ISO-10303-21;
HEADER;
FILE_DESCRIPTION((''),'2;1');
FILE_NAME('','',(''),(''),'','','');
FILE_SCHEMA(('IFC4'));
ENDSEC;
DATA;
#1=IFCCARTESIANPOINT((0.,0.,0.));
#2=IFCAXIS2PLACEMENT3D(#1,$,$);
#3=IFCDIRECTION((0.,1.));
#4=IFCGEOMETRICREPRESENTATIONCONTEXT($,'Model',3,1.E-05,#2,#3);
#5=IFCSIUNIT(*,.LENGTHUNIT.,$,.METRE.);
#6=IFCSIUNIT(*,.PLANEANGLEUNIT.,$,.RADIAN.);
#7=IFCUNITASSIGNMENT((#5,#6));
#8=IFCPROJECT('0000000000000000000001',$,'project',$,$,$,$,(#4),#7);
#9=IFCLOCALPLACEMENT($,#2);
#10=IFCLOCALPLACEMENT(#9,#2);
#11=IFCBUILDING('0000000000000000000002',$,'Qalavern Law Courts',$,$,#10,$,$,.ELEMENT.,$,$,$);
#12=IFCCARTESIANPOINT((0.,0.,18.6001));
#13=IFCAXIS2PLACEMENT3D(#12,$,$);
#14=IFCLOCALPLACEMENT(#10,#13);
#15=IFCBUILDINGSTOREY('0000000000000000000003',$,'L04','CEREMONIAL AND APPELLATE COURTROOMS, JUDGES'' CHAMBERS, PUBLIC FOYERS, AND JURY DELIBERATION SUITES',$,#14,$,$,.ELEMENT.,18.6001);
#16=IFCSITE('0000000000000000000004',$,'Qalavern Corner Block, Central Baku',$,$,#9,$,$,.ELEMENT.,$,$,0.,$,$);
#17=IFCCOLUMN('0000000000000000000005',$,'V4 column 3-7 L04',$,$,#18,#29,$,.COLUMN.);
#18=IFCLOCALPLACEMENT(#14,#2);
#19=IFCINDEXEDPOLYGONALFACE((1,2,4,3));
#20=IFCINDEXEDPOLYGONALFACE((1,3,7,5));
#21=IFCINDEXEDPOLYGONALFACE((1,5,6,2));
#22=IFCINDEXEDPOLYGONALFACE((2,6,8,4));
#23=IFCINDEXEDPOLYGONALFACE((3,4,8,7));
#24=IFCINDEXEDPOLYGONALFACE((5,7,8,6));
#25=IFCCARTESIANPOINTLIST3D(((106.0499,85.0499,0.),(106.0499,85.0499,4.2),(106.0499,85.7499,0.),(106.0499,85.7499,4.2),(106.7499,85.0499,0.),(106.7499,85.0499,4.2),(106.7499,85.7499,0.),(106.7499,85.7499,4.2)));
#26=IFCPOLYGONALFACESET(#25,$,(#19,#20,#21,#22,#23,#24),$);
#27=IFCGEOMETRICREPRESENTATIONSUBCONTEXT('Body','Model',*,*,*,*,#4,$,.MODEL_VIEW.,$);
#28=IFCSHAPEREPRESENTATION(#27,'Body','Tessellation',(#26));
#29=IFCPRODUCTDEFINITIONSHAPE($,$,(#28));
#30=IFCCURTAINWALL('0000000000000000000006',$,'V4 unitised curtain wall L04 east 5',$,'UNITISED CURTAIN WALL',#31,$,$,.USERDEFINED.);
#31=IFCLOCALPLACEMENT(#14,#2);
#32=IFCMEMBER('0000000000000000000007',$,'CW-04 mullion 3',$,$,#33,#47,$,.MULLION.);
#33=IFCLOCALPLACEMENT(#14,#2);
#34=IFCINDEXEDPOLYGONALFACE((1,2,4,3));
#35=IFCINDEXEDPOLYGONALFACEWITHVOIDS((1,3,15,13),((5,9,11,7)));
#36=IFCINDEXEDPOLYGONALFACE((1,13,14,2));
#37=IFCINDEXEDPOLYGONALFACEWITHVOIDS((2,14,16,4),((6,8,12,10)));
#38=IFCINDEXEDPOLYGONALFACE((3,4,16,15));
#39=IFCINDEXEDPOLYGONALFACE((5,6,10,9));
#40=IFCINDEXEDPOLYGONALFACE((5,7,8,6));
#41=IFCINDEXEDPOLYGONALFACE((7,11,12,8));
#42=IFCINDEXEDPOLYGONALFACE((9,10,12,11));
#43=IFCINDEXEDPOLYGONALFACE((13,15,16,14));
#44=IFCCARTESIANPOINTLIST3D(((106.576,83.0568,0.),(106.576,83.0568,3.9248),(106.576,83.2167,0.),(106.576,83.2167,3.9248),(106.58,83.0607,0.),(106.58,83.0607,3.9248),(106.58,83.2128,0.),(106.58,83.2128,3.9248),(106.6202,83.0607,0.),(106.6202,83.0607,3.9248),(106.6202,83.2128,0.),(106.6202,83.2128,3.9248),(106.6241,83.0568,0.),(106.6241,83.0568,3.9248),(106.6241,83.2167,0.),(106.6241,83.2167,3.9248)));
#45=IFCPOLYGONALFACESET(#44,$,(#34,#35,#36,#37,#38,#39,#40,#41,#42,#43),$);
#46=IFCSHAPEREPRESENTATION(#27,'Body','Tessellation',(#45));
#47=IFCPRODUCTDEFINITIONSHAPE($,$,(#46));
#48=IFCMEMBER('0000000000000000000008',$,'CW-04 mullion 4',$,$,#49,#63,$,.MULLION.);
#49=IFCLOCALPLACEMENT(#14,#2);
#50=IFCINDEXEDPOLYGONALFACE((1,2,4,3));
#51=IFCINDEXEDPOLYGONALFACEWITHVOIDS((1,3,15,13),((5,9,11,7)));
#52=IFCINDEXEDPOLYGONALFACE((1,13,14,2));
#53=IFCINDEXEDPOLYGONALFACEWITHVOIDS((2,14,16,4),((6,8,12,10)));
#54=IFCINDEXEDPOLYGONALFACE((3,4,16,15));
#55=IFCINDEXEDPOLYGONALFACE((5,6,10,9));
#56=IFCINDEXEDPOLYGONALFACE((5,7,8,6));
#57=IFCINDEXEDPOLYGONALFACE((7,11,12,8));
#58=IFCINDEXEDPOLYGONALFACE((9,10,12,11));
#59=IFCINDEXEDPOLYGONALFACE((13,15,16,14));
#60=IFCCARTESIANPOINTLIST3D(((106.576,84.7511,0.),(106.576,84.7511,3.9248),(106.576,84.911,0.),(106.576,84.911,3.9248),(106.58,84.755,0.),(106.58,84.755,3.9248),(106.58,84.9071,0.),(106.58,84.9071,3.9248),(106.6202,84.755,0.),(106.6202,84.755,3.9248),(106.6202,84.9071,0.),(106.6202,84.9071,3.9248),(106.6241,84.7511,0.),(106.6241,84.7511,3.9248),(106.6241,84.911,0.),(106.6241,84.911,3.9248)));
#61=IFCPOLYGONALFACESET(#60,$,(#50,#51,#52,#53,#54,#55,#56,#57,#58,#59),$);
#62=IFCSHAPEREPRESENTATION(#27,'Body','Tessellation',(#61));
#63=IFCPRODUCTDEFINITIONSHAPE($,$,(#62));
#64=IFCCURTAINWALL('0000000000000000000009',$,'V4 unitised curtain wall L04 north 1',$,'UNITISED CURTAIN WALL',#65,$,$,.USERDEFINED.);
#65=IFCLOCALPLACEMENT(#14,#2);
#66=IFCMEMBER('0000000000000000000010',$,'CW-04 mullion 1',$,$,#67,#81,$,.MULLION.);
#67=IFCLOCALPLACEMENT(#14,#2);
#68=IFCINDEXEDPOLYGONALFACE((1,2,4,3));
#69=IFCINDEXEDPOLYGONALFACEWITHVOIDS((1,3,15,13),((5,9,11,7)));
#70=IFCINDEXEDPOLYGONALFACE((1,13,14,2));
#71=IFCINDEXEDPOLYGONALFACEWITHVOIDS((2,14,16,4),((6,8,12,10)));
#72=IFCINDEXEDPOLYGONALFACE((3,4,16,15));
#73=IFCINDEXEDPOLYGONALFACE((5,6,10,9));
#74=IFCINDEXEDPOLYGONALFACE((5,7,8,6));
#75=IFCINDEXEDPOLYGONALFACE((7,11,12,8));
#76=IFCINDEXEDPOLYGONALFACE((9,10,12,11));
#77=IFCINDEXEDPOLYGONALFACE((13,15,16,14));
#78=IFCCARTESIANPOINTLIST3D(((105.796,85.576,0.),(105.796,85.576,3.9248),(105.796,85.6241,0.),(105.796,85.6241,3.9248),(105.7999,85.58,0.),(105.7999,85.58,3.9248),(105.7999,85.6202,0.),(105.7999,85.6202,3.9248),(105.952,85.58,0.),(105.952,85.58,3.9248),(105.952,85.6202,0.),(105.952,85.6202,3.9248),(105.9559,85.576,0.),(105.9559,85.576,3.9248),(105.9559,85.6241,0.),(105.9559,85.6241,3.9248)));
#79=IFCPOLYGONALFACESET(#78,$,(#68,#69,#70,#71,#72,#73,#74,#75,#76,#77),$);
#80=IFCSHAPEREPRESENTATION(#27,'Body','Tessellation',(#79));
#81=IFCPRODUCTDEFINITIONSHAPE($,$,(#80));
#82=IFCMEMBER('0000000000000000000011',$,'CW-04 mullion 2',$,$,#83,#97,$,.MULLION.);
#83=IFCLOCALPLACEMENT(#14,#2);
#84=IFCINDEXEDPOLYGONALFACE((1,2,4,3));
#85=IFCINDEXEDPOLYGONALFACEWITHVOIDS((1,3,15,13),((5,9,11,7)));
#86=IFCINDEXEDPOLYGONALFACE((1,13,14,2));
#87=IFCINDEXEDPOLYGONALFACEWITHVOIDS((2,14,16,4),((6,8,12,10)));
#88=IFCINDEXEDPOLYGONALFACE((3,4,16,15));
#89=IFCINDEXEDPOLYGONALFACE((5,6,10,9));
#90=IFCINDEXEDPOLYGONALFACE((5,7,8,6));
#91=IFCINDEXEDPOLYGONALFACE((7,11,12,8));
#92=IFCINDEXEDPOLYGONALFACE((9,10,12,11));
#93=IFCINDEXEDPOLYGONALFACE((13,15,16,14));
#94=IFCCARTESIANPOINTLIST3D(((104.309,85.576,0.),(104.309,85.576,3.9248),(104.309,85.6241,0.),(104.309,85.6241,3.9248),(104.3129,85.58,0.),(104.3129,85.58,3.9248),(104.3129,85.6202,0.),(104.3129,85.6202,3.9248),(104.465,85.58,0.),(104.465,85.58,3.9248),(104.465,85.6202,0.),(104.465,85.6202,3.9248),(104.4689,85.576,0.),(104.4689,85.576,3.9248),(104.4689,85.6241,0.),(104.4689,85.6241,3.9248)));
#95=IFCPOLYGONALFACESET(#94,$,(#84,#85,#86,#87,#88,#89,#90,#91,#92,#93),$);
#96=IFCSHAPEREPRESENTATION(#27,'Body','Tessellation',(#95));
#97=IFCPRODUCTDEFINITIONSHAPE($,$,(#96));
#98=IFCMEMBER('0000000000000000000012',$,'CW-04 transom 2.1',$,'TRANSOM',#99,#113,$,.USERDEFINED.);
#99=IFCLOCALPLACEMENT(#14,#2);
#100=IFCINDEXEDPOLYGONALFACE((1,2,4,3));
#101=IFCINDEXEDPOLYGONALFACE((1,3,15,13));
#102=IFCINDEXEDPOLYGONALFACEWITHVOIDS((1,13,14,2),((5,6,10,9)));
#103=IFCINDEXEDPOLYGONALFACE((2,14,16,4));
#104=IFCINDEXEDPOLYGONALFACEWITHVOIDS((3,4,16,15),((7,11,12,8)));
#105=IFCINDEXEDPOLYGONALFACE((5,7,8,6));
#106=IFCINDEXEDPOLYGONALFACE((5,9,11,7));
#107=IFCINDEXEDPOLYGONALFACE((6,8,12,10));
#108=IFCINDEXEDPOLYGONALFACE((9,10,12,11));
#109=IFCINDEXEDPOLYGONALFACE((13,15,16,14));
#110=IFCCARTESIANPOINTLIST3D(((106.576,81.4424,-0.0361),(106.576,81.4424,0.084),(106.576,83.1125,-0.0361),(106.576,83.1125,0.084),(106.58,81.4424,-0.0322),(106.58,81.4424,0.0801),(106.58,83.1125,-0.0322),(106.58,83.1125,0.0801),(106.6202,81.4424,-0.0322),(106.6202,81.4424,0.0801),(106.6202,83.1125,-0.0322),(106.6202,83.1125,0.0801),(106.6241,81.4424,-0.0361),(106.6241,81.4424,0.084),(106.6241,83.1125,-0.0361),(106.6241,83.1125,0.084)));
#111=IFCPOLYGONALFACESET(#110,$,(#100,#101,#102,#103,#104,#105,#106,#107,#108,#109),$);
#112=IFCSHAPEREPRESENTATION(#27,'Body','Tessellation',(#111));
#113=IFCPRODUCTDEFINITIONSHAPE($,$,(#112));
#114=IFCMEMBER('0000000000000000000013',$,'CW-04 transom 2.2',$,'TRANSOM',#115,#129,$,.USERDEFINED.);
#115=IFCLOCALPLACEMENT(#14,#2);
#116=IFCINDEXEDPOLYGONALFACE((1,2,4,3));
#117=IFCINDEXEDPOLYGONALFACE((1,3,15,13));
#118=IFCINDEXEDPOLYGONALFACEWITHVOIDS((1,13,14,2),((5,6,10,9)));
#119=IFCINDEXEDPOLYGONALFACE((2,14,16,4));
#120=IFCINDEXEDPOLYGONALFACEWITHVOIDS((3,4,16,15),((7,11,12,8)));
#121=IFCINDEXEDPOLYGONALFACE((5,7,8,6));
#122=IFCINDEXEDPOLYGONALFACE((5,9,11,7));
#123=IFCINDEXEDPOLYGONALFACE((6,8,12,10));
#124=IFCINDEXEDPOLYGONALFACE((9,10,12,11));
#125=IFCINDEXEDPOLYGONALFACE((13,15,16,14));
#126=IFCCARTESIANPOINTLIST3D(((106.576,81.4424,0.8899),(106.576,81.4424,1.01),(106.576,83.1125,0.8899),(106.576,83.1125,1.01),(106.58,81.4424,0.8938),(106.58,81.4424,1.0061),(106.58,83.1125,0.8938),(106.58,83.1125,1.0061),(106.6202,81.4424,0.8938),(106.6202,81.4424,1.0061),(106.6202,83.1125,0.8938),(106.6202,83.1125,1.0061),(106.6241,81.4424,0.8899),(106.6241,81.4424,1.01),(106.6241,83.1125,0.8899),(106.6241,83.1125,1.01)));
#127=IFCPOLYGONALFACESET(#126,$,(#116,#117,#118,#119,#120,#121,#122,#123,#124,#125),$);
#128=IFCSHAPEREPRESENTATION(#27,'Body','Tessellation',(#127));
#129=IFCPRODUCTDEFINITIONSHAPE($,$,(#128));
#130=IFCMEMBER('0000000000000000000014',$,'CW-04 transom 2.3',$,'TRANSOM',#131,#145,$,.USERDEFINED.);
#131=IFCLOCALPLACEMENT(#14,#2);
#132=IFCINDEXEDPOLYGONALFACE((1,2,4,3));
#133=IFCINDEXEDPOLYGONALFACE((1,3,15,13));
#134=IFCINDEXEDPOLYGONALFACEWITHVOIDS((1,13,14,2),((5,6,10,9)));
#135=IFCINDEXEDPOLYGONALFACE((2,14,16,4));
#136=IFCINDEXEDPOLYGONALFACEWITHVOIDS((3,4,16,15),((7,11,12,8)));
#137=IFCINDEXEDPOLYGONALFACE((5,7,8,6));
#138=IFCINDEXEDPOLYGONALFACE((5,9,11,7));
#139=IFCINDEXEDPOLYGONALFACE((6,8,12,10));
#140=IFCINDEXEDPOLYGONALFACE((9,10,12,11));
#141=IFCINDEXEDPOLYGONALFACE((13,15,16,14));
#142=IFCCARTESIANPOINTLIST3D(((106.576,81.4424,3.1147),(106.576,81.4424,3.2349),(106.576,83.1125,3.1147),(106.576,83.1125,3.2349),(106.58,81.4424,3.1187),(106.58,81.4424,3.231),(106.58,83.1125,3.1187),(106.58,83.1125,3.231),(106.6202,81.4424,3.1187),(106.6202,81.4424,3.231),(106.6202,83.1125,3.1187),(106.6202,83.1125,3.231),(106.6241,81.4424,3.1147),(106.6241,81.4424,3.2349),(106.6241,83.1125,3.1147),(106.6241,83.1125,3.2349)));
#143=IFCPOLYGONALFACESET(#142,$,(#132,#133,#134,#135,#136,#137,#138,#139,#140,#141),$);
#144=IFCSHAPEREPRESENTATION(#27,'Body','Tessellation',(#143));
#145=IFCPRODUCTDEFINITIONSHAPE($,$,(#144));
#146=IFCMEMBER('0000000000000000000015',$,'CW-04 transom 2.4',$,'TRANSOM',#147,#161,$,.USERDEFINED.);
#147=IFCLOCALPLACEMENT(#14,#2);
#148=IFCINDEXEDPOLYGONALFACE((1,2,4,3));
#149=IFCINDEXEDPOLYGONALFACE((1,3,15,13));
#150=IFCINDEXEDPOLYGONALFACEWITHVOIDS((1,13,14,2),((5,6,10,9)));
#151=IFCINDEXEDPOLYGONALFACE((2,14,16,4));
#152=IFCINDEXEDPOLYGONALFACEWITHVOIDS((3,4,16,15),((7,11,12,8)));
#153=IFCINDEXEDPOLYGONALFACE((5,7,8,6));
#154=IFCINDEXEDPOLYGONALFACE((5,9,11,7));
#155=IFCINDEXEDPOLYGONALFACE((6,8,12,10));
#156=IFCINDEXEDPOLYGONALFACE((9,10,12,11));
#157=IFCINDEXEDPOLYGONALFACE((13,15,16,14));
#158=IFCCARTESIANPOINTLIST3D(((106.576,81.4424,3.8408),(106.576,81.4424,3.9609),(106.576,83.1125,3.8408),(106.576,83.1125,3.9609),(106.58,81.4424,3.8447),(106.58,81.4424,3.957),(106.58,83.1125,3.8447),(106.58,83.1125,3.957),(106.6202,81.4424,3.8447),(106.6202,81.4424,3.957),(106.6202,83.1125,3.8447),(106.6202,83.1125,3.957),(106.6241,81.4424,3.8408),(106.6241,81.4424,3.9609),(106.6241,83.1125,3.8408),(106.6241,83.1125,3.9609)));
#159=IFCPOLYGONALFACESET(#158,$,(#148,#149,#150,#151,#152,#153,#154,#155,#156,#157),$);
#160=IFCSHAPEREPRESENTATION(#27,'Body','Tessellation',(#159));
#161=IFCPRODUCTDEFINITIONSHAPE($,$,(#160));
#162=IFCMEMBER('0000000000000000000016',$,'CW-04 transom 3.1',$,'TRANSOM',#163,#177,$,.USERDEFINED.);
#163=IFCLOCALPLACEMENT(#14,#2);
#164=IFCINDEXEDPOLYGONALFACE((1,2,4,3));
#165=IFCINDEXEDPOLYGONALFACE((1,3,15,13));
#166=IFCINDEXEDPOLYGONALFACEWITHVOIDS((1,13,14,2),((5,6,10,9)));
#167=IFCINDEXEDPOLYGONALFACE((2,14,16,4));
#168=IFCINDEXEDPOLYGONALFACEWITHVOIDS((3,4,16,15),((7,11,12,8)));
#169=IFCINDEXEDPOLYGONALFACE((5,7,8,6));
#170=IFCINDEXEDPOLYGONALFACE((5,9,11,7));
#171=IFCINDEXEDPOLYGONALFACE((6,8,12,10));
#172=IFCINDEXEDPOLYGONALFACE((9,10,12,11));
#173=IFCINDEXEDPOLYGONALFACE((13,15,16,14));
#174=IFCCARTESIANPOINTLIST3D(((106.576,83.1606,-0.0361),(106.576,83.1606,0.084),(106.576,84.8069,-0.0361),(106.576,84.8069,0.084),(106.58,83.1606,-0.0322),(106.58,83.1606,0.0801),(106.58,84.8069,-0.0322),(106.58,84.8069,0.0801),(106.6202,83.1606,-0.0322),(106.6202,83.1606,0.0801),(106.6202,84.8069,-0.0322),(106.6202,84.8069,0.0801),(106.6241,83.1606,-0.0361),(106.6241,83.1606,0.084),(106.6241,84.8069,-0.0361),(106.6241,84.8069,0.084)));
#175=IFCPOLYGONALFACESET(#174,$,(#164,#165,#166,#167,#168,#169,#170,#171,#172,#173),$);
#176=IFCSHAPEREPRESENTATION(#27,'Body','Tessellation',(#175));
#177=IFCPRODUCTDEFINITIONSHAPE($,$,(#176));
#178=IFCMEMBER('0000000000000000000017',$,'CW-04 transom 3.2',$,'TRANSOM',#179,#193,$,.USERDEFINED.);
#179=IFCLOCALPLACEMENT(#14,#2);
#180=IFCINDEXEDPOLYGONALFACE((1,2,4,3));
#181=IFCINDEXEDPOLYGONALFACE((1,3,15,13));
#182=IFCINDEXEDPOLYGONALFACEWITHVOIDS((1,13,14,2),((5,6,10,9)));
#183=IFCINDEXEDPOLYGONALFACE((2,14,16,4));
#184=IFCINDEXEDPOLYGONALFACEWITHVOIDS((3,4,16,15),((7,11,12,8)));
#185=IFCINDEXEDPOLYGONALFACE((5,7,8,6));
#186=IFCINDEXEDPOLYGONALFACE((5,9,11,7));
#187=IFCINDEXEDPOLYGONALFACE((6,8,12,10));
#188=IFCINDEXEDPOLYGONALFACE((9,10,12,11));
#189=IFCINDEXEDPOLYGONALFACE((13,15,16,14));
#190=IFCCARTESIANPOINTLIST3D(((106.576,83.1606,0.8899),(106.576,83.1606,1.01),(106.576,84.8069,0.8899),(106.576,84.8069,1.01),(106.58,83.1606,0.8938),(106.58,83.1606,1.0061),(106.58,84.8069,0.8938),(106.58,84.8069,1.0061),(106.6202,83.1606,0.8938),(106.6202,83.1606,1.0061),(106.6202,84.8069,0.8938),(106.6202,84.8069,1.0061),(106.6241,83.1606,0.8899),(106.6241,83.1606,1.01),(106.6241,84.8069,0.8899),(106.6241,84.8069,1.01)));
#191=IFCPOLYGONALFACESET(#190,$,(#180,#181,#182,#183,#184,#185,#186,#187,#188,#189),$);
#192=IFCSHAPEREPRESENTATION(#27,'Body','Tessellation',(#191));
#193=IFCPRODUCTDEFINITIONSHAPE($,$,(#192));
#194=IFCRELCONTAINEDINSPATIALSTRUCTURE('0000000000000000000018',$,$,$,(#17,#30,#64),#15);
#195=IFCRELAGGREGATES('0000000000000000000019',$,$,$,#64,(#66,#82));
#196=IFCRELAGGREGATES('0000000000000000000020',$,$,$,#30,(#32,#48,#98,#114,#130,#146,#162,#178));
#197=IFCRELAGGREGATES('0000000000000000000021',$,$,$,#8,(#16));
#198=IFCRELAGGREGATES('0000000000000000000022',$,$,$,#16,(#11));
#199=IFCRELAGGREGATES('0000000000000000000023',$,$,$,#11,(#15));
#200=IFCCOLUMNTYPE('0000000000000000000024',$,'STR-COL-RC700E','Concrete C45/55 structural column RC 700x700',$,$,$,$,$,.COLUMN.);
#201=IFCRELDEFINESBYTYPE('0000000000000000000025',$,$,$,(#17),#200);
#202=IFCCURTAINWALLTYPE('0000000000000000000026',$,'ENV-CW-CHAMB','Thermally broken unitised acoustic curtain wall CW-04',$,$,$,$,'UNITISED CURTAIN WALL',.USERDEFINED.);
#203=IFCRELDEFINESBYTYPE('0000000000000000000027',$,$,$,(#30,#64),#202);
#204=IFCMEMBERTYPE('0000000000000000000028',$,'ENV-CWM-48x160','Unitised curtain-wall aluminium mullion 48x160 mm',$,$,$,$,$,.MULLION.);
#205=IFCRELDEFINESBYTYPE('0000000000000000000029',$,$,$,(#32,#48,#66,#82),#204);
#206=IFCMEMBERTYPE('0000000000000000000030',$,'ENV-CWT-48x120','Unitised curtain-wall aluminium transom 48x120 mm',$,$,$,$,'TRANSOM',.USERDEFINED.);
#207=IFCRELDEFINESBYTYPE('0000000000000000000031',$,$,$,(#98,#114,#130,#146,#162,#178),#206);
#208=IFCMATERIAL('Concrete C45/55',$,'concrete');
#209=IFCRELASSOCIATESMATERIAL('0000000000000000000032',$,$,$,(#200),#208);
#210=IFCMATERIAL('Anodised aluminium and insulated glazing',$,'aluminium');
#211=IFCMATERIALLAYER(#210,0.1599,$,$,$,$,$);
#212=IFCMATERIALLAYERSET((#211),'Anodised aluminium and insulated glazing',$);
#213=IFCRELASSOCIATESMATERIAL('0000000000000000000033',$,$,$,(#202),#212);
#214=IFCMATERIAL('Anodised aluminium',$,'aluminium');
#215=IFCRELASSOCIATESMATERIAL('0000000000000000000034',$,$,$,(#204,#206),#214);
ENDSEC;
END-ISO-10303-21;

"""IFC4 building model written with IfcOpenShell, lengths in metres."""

from ifc_helpers import new_model, si_unit, direction, frame, origin, origin_2d, place, context, subcontext, project, spatial, rectangle, hollow_rectangle, extrude, material, layer, layer_set, material_profile, profile_set, type_object, element, aggregate, save


model = new_model("IFC4")

# Units and contexts
model_context = context("Model", 3, precision=1e-05, world=origin(), true_north=direction((0.0, 1.0)))
body_context = subcontext(model_context, "Body", "Model", "MODEL_VIEW")
ifc_project = project(units=[si_unit("LENGTHUNIT", "METRE"), si_unit("PLANEANGLEUNIT", "RADIAN")], contexts=[model_context])

# Site, building, storey
site_placement = place(None, origin())
site = spatial("IfcSite", under=ifc_project, at=site_placement, Name="Qalavern Corner Block, Central Baku", CompositionType="ELEMENT", RefElevation=0.0)
building_placement = place(site_placement, origin())
building = spatial("IfcBuilding", under=site, at=building_placement, Name="Qalavern Law Courts", CompositionType="ELEMENT")
storey_placement = place(building_placement, frame((0.0, 0.0, 18.6001)))
storey = spatial("IfcBuildingStorey", under=building, at=storey_placement, Name="L04", Description="CEREMONIAL AND APPELLATE COURTROOMS, JUDGES' CHAMBERS, PUBLIC FOYERS, AND JURY DELIBERATION SUITES", CompositionType="ELEMENT", Elevation=18.6001)

# Column
ifc_material_1 = material(Name="Concrete C45/55", Category="concrete")
ifc_material_profile_1 = material_profile(ifc_material_1, rectangle(XDim=0.7, YDim=0.7, at=origin_2d()), Name="RC 700x700")
ifc_profile_set_1 = profile_set([ifc_material_profile_1], Name="Concrete C45/55")
column_type = type_object("IfcColumnType", Name="STR-COL-RC700E", Description="Concrete C45/55 structural column RC 700x700", PredefinedType="COLUMN", material=ifc_profile_set_1)
column_placement = place(storey_placement, frame((106.3999, 85.3999, 0.0), z_axis=(0.0, 0.0, 1.0), x_axis=(1.0, 0.0, 0.0)))
element("IfcColumn", 1, at=column_placement, inside=storey, type_object=column_type, Name="V4 column 3-7 L04", PredefinedType="COLUMN", context=body_context, shape_type="SweptSolid", body=[
    extrude(rectangle(XDim=0.7, YDim=0.7, at=origin_2d()), origin(), (0.0, 0.0, 1.0), 4.2),
])

# Curtain walls, members
ifc_material_2 = material(Name="Anodised aluminium and insulated glazing", Category="aluminium")
ifc_layer_1 = layer(ifc_material_2, 0.1599)
ifc_layer_set_1 = layer_set([ifc_layer_1], Name="Anodised aluminium and insulated glazing")
curtain_wall_type = type_object("IfcCurtainWallType", Name="ENV-CW-CHAMB", Description="Thermally broken unitised acoustic curtain wall CW-04", ElementType="UNITISED CURTAIN WALL", PredefinedType="USERDEFINED", material=ifc_layer_set_1)
curtain_wall_1_placement = place(storey_placement, origin())
curtain_wall_1 = element("IfcCurtainWall", 2, at=curtain_wall_1_placement, inside=storey, type_object=curtain_wall_type, Name="V4 unitised curtain wall L04 east 5", ObjectType="UNITISED CURTAIN WALL", PredefinedType="USERDEFINED")
ifc_material_3 = material(Name="Anodised aluminium", Category="aluminium")
ifc_material_profile_2 = material_profile(ifc_material_3, hollow_rectangle(XDim=0.0481, YDim=0.1599, WallThickness=0.0039, at=origin_2d()), Name="ALU MULLION 48x160")
ifc_profile_set_2 = profile_set([ifc_material_profile_2], Name="Anodised aluminium")
member_type_1 = type_object("IfcMemberType", Name="ENV-CWM-48x160", Description="Unitised curtain-wall aluminium mullion 48x160 mm", PredefinedType="MULLION", material=ifc_profile_set_2)
member_1_placement = place(storey_placement, frame((106.6001, 83.1367, 0.0), z_axis=(0.0, 0.0, 1.0), x_axis=(-1.0, 0.0, 0.0)))
member_1 = element("IfcMember", 3, at=member_1_placement, type_object=member_type_1, Name="CW-04 mullion 3", PredefinedType="MULLION", context=body_context, shape_type="SweptSolid", body=[
    extrude(hollow_rectangle(XDim=0.0481, YDim=0.1599, WallThickness=0.0039, at=origin_2d()), origin(), (0.0, 0.0, 1.0), 3.9248),
])
member_2_placement = place(storey_placement, frame((106.6001, 84.8311, 0.0), z_axis=(0.0, 0.0, 1.0), x_axis=(-1.0, 0.0, 0.0)))
member_2 = element("IfcMember", 4, at=member_2_placement, type_object=member_type_1, Name="CW-04 mullion 4", PredefinedType="MULLION", context=body_context, shape_type="SweptSolid", body=[
    extrude(hollow_rectangle(XDim=0.0481, YDim=0.1599, WallThickness=0.0039, at=origin_2d()), origin(), (0.0, 0.0, 1.0), 3.9248),
])
curtain_wall_2_placement = place(storey_placement, origin())
curtain_wall_2 = element("IfcCurtainWall", 5, at=curtain_wall_2_placement, inside=storey, type_object=curtain_wall_type, Name="V4 unitised curtain wall L04 north 1", ObjectType="UNITISED CURTAIN WALL", PredefinedType="USERDEFINED")
member_3_placement = place(storey_placement, frame((105.876, 85.6001, 0.0), z_axis=(0.0, 0.0, 1.0), x_axis=(0.0, -1.0, 0.0)))
member_3 = element("IfcMember", 6, at=member_3_placement, type_object=member_type_1, Name="CW-04 mullion 1", PredefinedType="MULLION", context=body_context, shape_type="SweptSolid", body=[
    extrude(hollow_rectangle(XDim=0.0481, YDim=0.1599, WallThickness=0.0039, at=origin_2d()), origin(), (0.0, 0.0, 1.0), 3.9248),
])
member_4_placement = place(storey_placement, frame((104.3889, 85.6001, 0.0), z_axis=(0.0, 0.0, 1.0), x_axis=(0.0, -1.0, 0.0)))
member_4 = element("IfcMember", 7, at=member_4_placement, type_object=member_type_1, Name="CW-04 mullion 2", PredefinedType="MULLION", context=body_context, shape_type="SweptSolid", body=[
    extrude(hollow_rectangle(XDim=0.0481, YDim=0.1599, WallThickness=0.0039, at=origin_2d()), origin(), (0.0, 0.0, 1.0), 3.9248),
])

# Members
ifc_material_profile_3 = material_profile(ifc_material_3, hollow_rectangle(XDim=0.0481, YDim=0.1201, WallThickness=0.0039, at=origin_2d()), Name="ALU TRANSOM 48x120")
ifc_profile_set_3 = profile_set([ifc_material_profile_3], Name="Anodised aluminium")
member_type_2 = type_object("IfcMemberType", Name="ENV-CWT-48x120", Description="Unitised curtain-wall aluminium transom 48x120 mm", ElementType="TRANSOM", PredefinedType="USERDEFINED", material=ifc_profile_set_3)
member_5_placement = place(storey_placement, frame((106.6001, 81.4424, 0.0239), z_axis=(0.0, 1.0, 0.0), x_axis=(-1.0, 0.0, 0.0)))
member_5 = element("IfcMember", 8, at=member_5_placement, type_object=member_type_2, Name="CW-04 transom 2.1", ObjectType="TRANSOM", PredefinedType="USERDEFINED", context=body_context, shape_type="SweptSolid", body=[
    extrude(hollow_rectangle(XDim=0.0481, YDim=0.1201, WallThickness=0.0039, at=origin_2d()), origin(), (0.0, 0.0, 1.0), 1.6702),
])
member_6_placement = place(storey_placement, frame((106.6001, 81.4424, 0.95), z_axis=(0.0, 1.0, 0.0), x_axis=(-1.0, 0.0, 0.0)))
member_6 = element("IfcMember", 9, at=member_6_placement, type_object=member_type_2, Name="CW-04 transom 2.2", ObjectType="TRANSOM", PredefinedType="USERDEFINED", context=body_context, shape_type="SweptSolid", body=[
    extrude(hollow_rectangle(XDim=0.0481, YDim=0.1201, WallThickness=0.0039, at=origin_2d()), origin(), (0.0, 0.0, 1.0), 1.6702),
])
member_7_placement = place(storey_placement, frame((106.6001, 81.4424, 3.1748), z_axis=(0.0, 1.0, 0.0), x_axis=(-1.0, 0.0, 0.0)))
member_7 = element("IfcMember", 10, at=member_7_placement, type_object=member_type_2, Name="CW-04 transom 2.3", ObjectType="TRANSOM", PredefinedType="USERDEFINED", context=body_context, shape_type="SweptSolid", body=[
    extrude(hollow_rectangle(XDim=0.0481, YDim=0.1201, WallThickness=0.0039, at=origin_2d()), origin(), (0.0, 0.0, 1.0), 1.6702),
])
member_8_placement = place(storey_placement, frame((106.6001, 81.4424, 3.9009), z_axis=(0.0, 1.0, 0.0), x_axis=(-1.0, 0.0, 0.0)))
member_8 = element("IfcMember", 11, at=member_8_placement, type_object=member_type_2, Name="CW-04 transom 2.4", ObjectType="TRANSOM", PredefinedType="USERDEFINED", context=body_context, shape_type="SweptSolid", body=[
    extrude(hollow_rectangle(XDim=0.0481, YDim=0.1201, WallThickness=0.0039, at=origin_2d()), origin(), (0.0, 0.0, 1.0), 1.6702),
])
member_9_placement = place(storey_placement, frame((106.6001, 83.1606, 0.0239), z_axis=(0.0, 1.0, 0.0), x_axis=(-1.0, 0.0, 0.0)))
member_9 = element("IfcMember", 12, at=member_9_placement, type_object=member_type_2, Name="CW-04 transom 3.1", ObjectType="TRANSOM", PredefinedType="USERDEFINED", context=body_context, shape_type="SweptSolid", body=[
    extrude(hollow_rectangle(XDim=0.0481, YDim=0.1201, WallThickness=0.0039, at=origin_2d()), origin(), (0.0, 0.0, 1.0), 1.6462),
])
member_10_placement = place(storey_placement, frame((106.6001, 83.1606, 0.95), z_axis=(0.0, 1.0, 0.0), x_axis=(-1.0, 0.0, 0.0)))
member_10 = element("IfcMember", 13, at=member_10_placement, type_object=member_type_2, Name="CW-04 transom 3.2", ObjectType="TRANSOM", PredefinedType="USERDEFINED", context=body_context, shape_type="SweptSolid", body=[
    extrude(hollow_rectangle(XDim=0.0481, YDim=0.1201, WallThickness=0.0039, at=origin_2d()), origin(), (0.0, 0.0, 1.0), 1.6462),
])

aggregate(curtain_wall_2, [member_3, member_4])
aggregate(curtain_wall_1, [member_1, member_2, member_5, member_6, member_7, member_8, member_9, member_10])

save(model, "model.ifc")
